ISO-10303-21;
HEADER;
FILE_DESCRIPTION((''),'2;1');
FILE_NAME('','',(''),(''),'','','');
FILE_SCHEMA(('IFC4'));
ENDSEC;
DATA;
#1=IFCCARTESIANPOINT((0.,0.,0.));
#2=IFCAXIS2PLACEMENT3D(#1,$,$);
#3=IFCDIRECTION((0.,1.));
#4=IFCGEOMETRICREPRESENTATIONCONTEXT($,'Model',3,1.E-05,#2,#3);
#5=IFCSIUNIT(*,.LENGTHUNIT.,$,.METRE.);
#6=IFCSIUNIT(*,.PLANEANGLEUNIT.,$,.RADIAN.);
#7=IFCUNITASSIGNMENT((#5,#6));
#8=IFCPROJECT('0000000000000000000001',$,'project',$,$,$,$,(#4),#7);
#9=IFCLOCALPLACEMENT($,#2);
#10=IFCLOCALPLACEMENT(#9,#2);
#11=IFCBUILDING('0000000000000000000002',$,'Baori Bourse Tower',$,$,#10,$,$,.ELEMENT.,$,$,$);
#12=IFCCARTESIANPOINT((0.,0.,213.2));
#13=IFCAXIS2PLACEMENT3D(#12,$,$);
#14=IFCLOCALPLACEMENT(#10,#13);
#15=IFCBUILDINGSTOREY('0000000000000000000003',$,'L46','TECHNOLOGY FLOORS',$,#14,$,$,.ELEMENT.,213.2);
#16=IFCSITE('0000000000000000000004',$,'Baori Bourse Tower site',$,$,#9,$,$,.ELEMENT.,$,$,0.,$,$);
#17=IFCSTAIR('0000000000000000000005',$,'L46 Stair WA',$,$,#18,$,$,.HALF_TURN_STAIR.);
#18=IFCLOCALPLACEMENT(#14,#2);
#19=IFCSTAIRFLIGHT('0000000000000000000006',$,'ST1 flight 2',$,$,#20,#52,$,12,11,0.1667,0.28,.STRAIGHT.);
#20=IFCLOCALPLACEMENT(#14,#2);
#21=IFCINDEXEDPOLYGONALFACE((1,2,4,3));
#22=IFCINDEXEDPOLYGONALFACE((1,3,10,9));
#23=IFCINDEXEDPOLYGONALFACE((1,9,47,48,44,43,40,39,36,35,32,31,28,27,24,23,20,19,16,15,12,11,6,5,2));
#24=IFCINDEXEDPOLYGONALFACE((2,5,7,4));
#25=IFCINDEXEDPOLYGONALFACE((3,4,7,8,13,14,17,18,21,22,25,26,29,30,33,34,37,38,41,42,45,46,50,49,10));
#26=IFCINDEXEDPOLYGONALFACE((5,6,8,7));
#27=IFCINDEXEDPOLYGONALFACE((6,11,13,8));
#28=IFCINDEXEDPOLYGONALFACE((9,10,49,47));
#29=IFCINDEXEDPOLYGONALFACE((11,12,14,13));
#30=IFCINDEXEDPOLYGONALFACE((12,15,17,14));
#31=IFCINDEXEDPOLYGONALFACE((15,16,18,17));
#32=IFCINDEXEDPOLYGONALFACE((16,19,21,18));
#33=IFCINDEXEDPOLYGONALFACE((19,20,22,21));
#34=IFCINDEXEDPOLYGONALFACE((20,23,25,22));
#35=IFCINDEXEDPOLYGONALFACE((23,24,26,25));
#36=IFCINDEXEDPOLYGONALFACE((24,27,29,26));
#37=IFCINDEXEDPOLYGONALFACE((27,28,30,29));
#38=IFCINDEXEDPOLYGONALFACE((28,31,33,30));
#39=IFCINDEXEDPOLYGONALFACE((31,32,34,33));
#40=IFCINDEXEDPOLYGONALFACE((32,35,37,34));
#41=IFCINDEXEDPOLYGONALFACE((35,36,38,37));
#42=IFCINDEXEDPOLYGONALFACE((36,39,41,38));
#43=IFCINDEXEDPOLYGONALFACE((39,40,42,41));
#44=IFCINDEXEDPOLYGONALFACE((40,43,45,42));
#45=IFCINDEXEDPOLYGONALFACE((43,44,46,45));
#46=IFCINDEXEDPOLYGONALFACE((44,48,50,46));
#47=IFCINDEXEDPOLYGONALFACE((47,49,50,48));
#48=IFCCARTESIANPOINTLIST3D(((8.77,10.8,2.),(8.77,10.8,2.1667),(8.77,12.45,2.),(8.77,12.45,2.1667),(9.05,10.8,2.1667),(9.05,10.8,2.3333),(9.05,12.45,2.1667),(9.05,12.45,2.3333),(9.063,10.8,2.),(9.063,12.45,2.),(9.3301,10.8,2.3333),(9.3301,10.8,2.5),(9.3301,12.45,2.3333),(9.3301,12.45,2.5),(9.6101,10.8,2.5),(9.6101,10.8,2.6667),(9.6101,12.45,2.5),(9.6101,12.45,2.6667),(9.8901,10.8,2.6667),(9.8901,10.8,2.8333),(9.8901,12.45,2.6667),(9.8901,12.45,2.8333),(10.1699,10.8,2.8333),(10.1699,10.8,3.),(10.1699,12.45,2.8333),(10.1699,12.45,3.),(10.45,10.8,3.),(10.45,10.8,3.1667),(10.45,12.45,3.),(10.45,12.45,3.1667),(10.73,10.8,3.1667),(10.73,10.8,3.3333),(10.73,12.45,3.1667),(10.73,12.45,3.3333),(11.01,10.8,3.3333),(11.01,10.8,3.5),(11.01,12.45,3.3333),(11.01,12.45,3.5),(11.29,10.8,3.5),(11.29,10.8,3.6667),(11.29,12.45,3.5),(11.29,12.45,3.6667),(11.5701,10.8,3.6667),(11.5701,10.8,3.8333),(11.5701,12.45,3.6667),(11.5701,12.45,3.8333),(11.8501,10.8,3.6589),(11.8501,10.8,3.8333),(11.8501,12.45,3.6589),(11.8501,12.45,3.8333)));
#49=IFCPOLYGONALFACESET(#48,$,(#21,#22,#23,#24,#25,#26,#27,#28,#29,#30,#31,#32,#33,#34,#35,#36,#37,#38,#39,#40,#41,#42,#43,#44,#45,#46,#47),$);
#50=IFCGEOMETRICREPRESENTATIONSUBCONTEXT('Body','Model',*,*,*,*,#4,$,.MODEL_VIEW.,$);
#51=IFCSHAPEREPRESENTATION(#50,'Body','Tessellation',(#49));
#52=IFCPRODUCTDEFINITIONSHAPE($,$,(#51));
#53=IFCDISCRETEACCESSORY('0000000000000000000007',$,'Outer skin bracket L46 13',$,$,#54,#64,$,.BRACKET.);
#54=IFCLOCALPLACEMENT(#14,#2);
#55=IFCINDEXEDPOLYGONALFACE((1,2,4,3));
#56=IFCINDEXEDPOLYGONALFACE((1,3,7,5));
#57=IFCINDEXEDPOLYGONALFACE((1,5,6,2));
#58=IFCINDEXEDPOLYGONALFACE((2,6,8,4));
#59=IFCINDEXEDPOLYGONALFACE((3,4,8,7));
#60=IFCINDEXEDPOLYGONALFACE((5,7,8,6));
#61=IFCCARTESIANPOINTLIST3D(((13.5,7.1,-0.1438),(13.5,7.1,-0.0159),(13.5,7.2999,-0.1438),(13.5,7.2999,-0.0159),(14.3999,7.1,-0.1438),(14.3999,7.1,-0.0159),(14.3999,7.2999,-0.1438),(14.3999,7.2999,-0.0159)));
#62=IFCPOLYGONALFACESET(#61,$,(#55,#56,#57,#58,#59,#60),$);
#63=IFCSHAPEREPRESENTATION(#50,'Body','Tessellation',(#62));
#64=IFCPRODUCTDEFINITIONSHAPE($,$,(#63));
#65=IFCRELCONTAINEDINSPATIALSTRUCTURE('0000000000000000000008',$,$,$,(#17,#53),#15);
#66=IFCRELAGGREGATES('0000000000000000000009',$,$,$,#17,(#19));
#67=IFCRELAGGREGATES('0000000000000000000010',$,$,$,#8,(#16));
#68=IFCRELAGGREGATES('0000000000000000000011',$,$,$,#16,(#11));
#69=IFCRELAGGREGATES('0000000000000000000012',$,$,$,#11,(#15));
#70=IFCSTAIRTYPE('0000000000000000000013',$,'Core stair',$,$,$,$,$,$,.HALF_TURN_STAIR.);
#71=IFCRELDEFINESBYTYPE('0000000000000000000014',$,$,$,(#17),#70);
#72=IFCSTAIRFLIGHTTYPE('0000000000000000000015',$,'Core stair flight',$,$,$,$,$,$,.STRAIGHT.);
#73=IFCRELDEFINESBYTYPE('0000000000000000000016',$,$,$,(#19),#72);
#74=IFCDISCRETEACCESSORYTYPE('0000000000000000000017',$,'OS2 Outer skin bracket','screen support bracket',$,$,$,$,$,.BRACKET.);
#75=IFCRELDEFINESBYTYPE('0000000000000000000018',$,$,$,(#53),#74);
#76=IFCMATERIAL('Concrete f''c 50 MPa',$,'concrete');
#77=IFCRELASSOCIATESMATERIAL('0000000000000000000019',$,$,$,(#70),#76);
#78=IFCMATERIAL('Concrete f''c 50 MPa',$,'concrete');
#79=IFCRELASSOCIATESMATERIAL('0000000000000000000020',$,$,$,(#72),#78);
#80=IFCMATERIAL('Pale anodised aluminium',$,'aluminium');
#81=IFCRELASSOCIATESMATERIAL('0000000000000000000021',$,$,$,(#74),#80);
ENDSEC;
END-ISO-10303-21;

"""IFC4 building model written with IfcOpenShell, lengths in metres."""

from ifc_helpers import new_model, si_unit, direction, frame, origin, origin_2d, place, context, subcontext, project, spatial, polyline, rectangle, outline, extrude, material, type_object, element, aggregate, save


model = new_model("IFC4")

# Units and contexts
model_context = context("Model", 3, precision=1e-05, world=origin(), true_north=direction((0.0, 1.0)))
body_context = subcontext(model_context, "Body", "Model", "MODEL_VIEW")
ifc_project = project(units=[si_unit("LENGTHUNIT", "METRE"), si_unit("PLANEANGLEUNIT", "RADIAN")], contexts=[model_context])

# Site, building, storey
site_placement = place(None, origin())
site = spatial("IfcSite", under=ifc_project, at=site_placement, Name="Baori Bourse Tower site", CompositionType="ELEMENT", RefElevation=0.0)
building_placement = place(site_placement, origin())
building = spatial("IfcBuilding", under=site, at=building_placement, Name="Baori Bourse Tower", CompositionType="ELEMENT")
storey_placement = place(building_placement, frame((0.0, 0.0, 213.2)))
storey = spatial("IfcBuildingStorey", under=building, at=storey_placement, Name="L46", Description="TECHNOLOGY FLOORS", CompositionType="ELEMENT", Elevation=213.2)

# Stair, stair flight
ifc_material_1 = material(Name="Concrete f'c 50 MPa", Category="concrete")
stair_type = type_object("IfcStairType", Name="Core stair", PredefinedType="HALF_TURN_STAIR", material=ifc_material_1)
stair_placement = place(storey_placement, origin())
stair = element("IfcStair", 1, at=stair_placement, inside=storey, type_object=stair_type, Name="L46 Stair WA", PredefinedType="HALF_TURN_STAIR")
ifc_material_2 = material(Name="Concrete f'c 50 MPa", Category="concrete")
stair_flight_type = type_object("IfcStairFlightType", Name="Core stair flight", PredefinedType="STRAIGHT", material=ifc_material_2)
stair_flight_1_placement = place(storey_placement, frame((8.77, 11.625, 2.0), z_axis=(0.0, 0.0, 1.0), x_axis=(1.0, 0.0, 0.0)))
stair_flight_1 = element("IfcStairFlight", 2, at=stair_flight_1_placement, type_object=stair_flight_type, Name="ST1 flight 2", NumberOfRisers=12, NumberOfTreads=11, PredefinedType="STRAIGHT", RiserHeight=0.1667, TreadLength=0.28, context=body_context, shape_type="SweptSolid", body=[
    extrude(outline(polyline([(0.0, 0.0), (0.0, 0.1667), (0.28, 0.1667), (0.28, 0.3333), (0.5601, 0.3333), (0.5601, 0.5), (0.8401, 0.5), (0.8401, 0.6667), (1.1201, 0.6667), (1.1201, 0.8333), (1.3999, 0.8333), (1.3999, 1.0), (1.6799, 1.0), (1.6799, 1.1667), (1.96, 1.1667), (1.96, 1.3333), (2.24, 1.3333), (2.24, 1.5), (2.52, 1.5), (2.52, 1.6667), (2.8, 1.6667), (2.8, 1.8333), (3.0801, 1.8333), (3.0801, 2.0), (3.0801, 1.6589), (0.293, 0.0), (0.0, 0.0)])), frame((0.0, 0.825, 0.0), z_axis=(0.0, -1.0, 0.0), x_axis=(1.0, 0.0, 0.0)), (0.0, 0.0, 1.0), 1.6499),
])
aggregate(stair, [stair_flight_1])

# Discrete accessory
ifc_material_3 = material(Name="Pale anodised aluminium", Category="aluminium")
discrete_accessory_type = type_object("IfcDiscreteAccessoryType", Name="OS2 Outer skin bracket", Description="screen support bracket", PredefinedType="BRACKET", material=ifc_material_3)
discrete_accessory_placement = place(storey_placement, frame((13.95, 7.2, -0.1438), z_axis=(0.0, 0.0, 1.0), x_axis=(0.0, -1.0, 0.0)))
element("IfcDiscreteAccessory", 3, at=discrete_accessory_placement, inside=storey, type_object=discrete_accessory_type, Name="Outer skin bracket L46 13", PredefinedType="BRACKET", context=body_context, shape_type="SweptSolid", body=[
    extrude(rectangle(XDim=0.2, YDim=0.8999, at=origin_2d()), origin(), (0.0, 0.0, 1.0), 0.1279),
])

save(model, "model.ifc")
